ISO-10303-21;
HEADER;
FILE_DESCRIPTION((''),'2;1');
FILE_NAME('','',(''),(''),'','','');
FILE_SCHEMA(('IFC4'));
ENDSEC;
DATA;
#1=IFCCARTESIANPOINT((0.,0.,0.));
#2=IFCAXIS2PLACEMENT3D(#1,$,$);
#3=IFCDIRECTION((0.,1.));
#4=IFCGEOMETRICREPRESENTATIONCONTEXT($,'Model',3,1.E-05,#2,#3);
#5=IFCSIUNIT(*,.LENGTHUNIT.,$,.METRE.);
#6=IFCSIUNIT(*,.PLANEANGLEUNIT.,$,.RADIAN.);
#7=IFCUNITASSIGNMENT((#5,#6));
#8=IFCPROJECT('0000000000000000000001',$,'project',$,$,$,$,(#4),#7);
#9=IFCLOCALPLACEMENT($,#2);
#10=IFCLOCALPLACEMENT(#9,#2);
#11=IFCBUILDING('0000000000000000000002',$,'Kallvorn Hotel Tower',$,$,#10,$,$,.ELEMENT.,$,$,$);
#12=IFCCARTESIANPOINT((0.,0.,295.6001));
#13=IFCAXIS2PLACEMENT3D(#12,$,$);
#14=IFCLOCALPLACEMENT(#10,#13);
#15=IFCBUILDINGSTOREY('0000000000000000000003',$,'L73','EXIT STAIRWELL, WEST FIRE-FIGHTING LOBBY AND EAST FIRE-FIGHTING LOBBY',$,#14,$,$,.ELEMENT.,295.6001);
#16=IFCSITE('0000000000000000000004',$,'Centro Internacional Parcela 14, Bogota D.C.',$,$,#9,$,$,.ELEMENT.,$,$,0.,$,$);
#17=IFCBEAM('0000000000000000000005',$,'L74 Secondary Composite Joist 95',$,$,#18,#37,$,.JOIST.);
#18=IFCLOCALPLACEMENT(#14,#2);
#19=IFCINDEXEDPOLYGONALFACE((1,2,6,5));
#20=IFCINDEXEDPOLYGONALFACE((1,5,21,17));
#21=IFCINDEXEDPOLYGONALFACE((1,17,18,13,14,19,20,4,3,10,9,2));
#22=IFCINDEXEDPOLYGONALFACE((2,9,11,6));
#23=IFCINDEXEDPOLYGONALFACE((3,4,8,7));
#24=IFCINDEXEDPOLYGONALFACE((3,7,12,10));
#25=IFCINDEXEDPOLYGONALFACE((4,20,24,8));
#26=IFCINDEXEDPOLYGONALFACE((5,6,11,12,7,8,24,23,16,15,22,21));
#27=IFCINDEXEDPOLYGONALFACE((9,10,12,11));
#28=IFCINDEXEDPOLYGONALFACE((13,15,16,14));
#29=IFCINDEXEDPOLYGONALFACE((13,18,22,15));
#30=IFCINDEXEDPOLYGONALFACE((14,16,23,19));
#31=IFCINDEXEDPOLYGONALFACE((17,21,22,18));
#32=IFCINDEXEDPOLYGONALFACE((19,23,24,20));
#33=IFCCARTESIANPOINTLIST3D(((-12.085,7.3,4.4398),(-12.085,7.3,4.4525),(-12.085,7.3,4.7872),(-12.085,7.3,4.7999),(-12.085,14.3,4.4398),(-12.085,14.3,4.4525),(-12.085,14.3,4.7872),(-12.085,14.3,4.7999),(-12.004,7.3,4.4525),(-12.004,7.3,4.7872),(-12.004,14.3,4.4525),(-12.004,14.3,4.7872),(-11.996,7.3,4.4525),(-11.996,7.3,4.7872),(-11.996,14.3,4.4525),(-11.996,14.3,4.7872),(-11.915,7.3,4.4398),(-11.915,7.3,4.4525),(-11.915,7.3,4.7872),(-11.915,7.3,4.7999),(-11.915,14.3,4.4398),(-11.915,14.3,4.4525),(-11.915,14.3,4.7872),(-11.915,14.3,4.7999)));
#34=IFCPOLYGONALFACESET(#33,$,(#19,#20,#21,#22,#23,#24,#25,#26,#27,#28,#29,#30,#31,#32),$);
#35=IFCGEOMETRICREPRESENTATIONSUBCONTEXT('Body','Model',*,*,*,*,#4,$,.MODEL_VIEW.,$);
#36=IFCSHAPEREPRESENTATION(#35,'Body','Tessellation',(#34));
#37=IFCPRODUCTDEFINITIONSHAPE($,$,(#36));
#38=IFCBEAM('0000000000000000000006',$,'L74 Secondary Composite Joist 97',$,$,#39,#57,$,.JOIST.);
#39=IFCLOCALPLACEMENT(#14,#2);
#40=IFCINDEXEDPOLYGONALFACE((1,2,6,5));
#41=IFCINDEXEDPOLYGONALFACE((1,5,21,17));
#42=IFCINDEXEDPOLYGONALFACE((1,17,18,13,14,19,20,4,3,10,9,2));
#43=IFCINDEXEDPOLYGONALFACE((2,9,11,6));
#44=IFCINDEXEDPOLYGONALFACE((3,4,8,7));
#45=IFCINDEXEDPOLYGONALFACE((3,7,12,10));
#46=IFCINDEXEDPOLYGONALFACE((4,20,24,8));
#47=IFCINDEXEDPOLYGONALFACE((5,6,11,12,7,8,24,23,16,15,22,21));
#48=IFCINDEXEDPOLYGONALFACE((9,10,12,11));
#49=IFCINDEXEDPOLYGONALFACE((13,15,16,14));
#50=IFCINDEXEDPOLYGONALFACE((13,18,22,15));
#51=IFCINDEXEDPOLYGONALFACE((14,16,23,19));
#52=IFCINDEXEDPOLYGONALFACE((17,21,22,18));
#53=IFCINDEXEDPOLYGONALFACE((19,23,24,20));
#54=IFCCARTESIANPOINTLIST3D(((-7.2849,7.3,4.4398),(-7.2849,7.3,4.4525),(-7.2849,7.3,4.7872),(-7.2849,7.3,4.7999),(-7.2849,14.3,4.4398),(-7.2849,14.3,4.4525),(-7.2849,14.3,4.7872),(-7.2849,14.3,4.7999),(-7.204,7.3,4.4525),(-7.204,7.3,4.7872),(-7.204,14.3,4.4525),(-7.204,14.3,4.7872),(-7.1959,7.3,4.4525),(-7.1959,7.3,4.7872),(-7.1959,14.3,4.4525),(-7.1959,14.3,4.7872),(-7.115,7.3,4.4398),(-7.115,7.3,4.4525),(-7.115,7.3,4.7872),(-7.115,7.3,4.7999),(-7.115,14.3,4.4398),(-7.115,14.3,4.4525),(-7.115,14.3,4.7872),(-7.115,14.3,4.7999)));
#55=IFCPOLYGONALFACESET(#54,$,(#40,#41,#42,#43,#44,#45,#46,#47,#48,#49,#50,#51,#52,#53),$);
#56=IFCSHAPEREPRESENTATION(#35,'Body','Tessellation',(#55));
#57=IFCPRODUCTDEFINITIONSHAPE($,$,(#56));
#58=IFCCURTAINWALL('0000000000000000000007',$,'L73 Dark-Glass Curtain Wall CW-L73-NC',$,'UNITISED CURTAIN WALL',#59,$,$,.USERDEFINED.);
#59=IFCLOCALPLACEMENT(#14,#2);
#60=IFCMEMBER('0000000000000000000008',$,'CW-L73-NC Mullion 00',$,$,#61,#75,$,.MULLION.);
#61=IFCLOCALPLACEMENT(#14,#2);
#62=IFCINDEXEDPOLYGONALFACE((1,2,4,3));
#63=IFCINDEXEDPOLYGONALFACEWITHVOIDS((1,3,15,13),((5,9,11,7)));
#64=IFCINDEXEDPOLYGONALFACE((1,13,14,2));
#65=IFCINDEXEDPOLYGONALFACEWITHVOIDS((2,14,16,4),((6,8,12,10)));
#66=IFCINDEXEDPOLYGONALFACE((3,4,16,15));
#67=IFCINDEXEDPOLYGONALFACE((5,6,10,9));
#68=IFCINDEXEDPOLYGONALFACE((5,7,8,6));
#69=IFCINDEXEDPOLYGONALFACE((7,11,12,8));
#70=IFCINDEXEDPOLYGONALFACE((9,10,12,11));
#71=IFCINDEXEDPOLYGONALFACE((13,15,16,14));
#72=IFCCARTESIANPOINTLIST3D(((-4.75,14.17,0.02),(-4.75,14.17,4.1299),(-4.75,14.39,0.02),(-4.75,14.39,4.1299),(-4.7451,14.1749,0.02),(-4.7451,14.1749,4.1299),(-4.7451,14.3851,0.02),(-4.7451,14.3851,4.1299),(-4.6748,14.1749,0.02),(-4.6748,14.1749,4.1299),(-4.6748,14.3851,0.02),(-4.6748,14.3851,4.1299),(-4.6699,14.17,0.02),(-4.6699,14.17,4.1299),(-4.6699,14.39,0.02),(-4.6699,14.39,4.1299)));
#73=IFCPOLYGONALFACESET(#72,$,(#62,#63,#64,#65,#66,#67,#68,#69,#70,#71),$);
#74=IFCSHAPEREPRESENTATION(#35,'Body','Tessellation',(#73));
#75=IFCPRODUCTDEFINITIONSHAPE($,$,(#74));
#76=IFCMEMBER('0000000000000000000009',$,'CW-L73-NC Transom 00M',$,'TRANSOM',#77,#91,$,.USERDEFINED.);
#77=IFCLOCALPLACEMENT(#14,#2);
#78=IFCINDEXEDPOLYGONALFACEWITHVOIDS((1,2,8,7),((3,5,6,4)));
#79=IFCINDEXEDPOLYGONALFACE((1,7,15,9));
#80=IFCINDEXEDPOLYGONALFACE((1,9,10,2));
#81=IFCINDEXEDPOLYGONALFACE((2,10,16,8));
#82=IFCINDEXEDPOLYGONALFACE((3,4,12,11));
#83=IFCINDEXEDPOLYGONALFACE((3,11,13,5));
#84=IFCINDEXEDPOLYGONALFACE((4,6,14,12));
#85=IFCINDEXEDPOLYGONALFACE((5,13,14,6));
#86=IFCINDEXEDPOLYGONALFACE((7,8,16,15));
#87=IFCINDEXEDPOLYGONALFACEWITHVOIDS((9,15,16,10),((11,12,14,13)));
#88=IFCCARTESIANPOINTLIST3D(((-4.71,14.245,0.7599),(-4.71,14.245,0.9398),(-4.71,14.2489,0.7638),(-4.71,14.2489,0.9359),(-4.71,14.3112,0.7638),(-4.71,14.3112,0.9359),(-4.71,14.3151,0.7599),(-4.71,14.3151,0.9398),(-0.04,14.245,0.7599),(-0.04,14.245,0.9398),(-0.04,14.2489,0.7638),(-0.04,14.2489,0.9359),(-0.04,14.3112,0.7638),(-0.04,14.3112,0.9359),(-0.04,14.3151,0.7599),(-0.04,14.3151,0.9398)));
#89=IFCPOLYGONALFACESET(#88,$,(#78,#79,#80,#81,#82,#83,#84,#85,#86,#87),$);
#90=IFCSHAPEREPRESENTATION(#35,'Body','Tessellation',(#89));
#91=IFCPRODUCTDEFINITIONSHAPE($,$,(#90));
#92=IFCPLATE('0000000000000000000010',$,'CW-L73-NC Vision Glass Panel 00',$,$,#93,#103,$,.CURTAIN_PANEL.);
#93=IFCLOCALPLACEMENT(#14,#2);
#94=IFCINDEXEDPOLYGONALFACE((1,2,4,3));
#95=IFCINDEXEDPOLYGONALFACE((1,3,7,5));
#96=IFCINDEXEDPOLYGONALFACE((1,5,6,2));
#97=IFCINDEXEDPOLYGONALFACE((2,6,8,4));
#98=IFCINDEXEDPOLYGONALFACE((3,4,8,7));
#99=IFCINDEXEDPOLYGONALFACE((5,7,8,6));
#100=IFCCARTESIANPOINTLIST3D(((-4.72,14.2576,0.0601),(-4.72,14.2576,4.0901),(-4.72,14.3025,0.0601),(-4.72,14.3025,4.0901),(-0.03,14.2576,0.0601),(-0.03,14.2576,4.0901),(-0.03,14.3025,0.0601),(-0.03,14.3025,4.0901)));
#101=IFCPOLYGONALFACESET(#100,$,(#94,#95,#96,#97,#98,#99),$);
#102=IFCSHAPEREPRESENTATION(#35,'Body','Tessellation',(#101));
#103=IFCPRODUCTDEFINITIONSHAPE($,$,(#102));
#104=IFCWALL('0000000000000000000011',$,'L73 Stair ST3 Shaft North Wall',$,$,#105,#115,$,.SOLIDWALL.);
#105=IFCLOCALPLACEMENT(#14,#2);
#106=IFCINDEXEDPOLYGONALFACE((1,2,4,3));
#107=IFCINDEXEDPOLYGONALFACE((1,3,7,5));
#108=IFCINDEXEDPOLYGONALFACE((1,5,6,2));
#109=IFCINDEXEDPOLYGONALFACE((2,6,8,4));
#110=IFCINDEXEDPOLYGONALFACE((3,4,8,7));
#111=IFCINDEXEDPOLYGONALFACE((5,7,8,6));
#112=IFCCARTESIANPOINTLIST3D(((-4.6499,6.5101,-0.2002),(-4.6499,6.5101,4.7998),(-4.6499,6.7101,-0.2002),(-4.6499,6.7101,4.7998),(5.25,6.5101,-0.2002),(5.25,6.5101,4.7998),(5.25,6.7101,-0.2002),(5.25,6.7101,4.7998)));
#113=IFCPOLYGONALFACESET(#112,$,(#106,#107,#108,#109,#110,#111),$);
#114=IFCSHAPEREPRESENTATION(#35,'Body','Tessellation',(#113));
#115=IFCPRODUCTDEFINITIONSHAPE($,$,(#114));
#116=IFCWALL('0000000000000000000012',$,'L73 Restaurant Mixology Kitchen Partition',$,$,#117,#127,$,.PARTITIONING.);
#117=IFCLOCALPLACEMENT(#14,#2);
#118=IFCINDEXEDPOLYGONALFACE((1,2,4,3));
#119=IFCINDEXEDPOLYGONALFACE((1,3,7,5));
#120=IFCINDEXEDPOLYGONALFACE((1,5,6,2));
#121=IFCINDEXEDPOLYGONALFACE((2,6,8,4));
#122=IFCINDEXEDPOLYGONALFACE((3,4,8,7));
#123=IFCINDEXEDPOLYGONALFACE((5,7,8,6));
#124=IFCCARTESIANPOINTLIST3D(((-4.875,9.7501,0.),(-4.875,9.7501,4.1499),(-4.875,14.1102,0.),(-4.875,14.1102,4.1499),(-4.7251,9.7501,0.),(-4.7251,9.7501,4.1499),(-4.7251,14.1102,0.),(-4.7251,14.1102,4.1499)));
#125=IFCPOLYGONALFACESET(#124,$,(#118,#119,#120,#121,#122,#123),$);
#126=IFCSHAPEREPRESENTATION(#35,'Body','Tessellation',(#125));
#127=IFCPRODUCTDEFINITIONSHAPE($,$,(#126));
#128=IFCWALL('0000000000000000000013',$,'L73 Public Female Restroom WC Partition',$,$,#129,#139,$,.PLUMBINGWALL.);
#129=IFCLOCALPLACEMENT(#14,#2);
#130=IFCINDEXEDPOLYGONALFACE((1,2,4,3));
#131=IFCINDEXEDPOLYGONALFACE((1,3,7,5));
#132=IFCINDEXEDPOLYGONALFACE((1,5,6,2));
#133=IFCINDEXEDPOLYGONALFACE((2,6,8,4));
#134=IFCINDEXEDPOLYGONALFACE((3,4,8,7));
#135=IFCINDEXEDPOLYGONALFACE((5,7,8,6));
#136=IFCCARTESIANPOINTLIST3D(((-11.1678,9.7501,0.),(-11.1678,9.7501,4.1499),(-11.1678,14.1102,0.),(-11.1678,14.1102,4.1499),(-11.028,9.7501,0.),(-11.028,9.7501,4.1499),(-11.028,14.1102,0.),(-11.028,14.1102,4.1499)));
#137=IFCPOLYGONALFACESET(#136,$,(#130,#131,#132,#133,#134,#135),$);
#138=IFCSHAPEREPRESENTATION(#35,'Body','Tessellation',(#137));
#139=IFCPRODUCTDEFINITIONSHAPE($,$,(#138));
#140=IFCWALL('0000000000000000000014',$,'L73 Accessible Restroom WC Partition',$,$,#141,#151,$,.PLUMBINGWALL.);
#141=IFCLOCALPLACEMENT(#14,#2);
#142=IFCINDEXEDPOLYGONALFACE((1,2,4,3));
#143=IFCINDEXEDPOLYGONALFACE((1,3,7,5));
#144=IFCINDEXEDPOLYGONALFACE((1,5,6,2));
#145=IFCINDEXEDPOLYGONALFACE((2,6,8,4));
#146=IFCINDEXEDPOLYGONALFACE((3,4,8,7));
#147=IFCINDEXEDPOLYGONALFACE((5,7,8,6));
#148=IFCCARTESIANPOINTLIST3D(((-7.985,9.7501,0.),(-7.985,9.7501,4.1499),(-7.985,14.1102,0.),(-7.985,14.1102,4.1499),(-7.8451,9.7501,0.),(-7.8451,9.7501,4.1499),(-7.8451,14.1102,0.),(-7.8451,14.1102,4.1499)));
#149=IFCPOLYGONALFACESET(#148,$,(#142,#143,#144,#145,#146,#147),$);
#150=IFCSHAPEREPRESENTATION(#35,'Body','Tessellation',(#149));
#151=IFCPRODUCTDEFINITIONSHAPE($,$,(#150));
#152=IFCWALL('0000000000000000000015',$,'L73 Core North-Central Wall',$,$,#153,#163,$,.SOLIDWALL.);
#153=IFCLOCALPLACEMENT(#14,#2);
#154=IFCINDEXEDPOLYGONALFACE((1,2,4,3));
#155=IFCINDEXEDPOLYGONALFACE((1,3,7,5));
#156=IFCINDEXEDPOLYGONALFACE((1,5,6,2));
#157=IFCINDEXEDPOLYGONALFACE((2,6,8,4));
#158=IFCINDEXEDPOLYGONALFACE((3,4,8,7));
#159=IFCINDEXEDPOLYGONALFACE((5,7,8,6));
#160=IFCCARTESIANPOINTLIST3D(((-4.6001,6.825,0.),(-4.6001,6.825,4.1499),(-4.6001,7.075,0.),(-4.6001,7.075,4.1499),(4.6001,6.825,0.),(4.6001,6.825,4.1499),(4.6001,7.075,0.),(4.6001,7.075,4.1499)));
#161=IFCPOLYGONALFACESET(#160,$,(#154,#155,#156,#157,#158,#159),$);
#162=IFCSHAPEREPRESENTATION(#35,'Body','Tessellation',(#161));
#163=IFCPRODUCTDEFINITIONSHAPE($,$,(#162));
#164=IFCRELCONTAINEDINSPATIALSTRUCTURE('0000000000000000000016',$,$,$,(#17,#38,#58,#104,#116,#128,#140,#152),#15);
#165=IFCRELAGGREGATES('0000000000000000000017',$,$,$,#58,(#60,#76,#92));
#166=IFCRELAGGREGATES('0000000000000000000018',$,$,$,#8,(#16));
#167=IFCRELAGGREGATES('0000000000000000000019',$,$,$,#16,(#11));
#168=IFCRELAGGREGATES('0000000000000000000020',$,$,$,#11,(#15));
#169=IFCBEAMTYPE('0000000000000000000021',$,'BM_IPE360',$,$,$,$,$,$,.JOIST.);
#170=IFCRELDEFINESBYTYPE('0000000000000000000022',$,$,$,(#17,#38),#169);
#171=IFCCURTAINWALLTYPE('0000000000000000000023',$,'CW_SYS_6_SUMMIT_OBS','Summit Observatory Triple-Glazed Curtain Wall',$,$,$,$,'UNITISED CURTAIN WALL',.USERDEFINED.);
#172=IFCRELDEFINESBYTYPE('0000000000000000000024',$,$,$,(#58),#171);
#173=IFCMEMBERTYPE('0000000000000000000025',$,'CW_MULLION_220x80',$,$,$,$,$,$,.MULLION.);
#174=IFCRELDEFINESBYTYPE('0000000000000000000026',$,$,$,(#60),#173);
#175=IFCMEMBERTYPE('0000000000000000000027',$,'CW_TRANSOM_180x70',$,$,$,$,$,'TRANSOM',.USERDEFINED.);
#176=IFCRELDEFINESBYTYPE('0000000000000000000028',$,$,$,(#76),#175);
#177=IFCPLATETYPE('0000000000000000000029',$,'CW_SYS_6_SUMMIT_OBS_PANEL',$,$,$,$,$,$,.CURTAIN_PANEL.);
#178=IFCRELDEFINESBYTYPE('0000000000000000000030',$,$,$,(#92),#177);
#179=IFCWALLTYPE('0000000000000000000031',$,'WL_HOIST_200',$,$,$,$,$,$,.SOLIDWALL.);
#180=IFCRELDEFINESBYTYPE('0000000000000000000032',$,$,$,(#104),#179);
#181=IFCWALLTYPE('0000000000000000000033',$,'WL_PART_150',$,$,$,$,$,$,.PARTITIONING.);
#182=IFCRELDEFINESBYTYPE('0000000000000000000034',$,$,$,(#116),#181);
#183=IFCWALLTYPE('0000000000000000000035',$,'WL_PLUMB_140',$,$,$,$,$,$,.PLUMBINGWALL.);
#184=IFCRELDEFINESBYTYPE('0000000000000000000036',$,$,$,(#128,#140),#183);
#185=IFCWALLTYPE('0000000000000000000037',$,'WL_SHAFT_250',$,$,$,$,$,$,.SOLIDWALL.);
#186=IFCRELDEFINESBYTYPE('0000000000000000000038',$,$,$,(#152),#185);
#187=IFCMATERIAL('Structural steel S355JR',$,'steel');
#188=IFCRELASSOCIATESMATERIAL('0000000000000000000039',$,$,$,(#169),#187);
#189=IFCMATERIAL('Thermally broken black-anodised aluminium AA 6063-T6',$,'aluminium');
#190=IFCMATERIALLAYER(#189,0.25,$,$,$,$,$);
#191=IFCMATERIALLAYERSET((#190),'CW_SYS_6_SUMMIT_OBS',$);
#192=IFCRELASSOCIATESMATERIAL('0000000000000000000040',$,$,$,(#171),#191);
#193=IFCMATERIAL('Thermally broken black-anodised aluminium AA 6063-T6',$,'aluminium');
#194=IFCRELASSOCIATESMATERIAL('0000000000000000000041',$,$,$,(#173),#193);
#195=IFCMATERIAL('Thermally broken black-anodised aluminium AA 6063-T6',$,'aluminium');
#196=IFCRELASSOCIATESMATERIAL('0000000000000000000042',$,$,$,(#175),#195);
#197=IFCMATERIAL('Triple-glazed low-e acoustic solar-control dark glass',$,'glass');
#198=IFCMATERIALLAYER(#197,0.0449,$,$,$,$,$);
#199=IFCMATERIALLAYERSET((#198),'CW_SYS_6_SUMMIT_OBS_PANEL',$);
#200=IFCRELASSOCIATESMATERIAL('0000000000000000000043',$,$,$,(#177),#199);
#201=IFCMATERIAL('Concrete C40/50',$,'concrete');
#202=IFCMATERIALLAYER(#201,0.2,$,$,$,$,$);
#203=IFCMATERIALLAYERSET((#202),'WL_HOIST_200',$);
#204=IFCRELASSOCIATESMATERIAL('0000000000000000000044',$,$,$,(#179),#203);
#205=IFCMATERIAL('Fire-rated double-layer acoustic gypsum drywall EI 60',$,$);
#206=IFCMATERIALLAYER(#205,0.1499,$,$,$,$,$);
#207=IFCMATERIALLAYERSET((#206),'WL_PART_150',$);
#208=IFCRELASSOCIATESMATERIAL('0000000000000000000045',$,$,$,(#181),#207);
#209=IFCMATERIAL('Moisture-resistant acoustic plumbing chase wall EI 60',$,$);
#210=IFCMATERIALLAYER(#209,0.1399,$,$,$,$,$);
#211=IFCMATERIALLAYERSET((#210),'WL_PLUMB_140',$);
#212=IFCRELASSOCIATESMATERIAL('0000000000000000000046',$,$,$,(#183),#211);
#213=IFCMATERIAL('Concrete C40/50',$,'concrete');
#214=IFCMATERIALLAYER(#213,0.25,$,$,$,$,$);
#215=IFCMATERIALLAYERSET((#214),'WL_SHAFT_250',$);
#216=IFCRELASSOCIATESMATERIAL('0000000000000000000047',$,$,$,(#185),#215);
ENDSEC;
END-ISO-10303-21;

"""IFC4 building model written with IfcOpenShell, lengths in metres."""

from ifc_helpers import new_model, si_unit, direction, frame, frame_2d, origin, origin_2d, place, context, subcontext, project, spatial, rectangle, hollow_rectangle, i_section, extrude, material, layer, layer_set, material_profile, profile_set, type_object, element, aggregate, save


model = new_model("IFC4")

# Units and contexts
model_context = context("Model", 3, precision=1e-05, world=origin(), true_north=direction((0.0, 1.0)))
body_context = subcontext(model_context, "Body", "Model", "MODEL_VIEW")
ifc_project = project(units=[si_unit("LENGTHUNIT", "METRE"), si_unit("PLANEANGLEUNIT", "RADIAN")], contexts=[model_context])

# Site, building, storey
site_placement = place(None, origin())
site = spatial("IfcSite", under=ifc_project, at=site_placement, Name="Centro Internacional Parcela 14, Bogota D.C.", CompositionType="ELEMENT", RefElevation=0.0)
building_placement = place(site_placement, origin())
building = spatial("IfcBuilding", under=site, at=building_placement, Name="Kallvorn Hotel Tower", CompositionType="ELEMENT")
storey_placement = place(building_placement, frame((0.0, 0.0, 295.6001)))
storey = spatial("IfcBuildingStorey", under=building, at=storey_placement, Name="L73", Description="EXIT STAIRWELL, WEST FIRE-FIGHTING LOBBY AND EAST FIRE-FIGHTING LOBBY", CompositionType="ELEMENT", Elevation=295.6001)

# Beams
ifc_material_1 = material(Name="Structural steel S355JR", Category="steel")
ifc_material_profile_1 = material_profile(ifc_material_1, i_section(OverallWidth=0.1699, OverallDepth=0.3601, WebThickness=0.0081, FlangeThickness=0.0127, at=origin_2d()), Name="IPE 360")
ifc_profile_set_1 = profile_set([ifc_material_profile_1], Name="Structural steel S355JR")
beam_type_1 = type_object("IfcBeamType", Name="BM_IPE360", PredefinedType="JOIST", material=ifc_profile_set_1)
for number, where, z_axis, x_axis, name in (
    (1, (-12.0, 7.3, 4.6199), (0.0, 1.0, 0.0), (-1.0, 0.0, 0.0), "L74 Secondary Composite Joist 95"),
    (2, (-7.2, 7.3, 4.6199), (0.0, 1.0, 0.0), (-1.0, 0.0, 0.0), "L74 Secondary Composite Joist 97"),
):
    element("IfcBeam", number, at=place(storey_placement, frame(where, z_axis=z_axis, x_axis=x_axis)), inside=storey, type_object=beam_type_1, Name=name, PredefinedType="JOIST", context=body_context, shape_type="SweptSolid", body=[
        extrude(i_section(OverallWidth=0.1699, OverallDepth=0.3601, WebThickness=0.0081, FlangeThickness=0.0127, at=origin_2d()), origin(), (0.0, 0.0, 1.0), 7.0),
    ])

# Curtain wall, members, plate
ifc_material_2 = material(Name="Thermally broken black-anodised aluminium AA 6063-T6", Category="aluminium")
ifc_layer_1 = layer(ifc_material_2, 0.25)
ifc_layer_set_1 = layer_set([ifc_layer_1], Name="CW_SYS_6_SUMMIT_OBS")
curtain_wall_type = type_object("IfcCurtainWallType", Name="CW_SYS_6_SUMMIT_OBS", Description="Summit Observatory Triple-Glazed Curtain Wall", ElementType="UNITISED CURTAIN WALL", PredefinedType="USERDEFINED", material=ifc_layer_set_1)
curtain_wall_placement = place(storey_placement, origin())
curtain_wall = element("IfcCurtainWall", 3, at=curtain_wall_placement, inside=storey, type_object=curtain_wall_type, Name="L73 Dark-Glass Curtain Wall CW-L73-NC", ObjectType="UNITISED CURTAIN WALL", PredefinedType="USERDEFINED")
ifc_material_3 = material(Name="Thermally broken black-anodised aluminium AA 6063-T6", Category="aluminium")
ifc_material_profile_2 = material_profile(ifc_material_3, hollow_rectangle(XDim=0.0801, YDim=0.22, WallThickness=0.0049, at=origin_2d()), Name="MUL 220x80")
ifc_profile_set_2 = profile_set([ifc_material_profile_2], Name="Thermally broken black-anodised aluminium AA 6063-T6")
member_type_1 = type_object("IfcMemberType", Name="CW_MULLION_220x80", PredefinedType="MULLION", material=ifc_profile_set_2)
member_1_placement = place(storey_placement, frame((-4.71, 14.28, 0.02), z_axis=(0.0, 0.0, 1.0), x_axis=(1.0, 0.0, 0.0)))
member_1 = element("IfcMember", 4, at=member_1_placement, type_object=member_type_1, Name="CW-L73-NC Mullion 00", PredefinedType="MULLION", context=body_context, shape_type="SweptSolid", body=[
    extrude(hollow_rectangle(XDim=0.0801, YDim=0.22, WallThickness=0.0049, at=origin_2d()), origin(), (0.0, 0.0, 1.0), 4.1099),
])
ifc_material_4 = material(Name="Thermally broken black-anodised aluminium AA 6063-T6", Category="aluminium")
ifc_material_profile_3 = material_profile(ifc_material_4, hollow_rectangle(XDim=0.0701, YDim=0.1799, WallThickness=0.0039, at=origin_2d()), Name="TRN 180x70")
ifc_profile_set_3 = profile_set([ifc_material_profile_3], Name="Thermally broken black-anodised aluminium AA 6063-T6")
member_type_2 = type_object("IfcMemberType", Name="CW_TRANSOM_180x70", ElementType="TRANSOM", PredefinedType="USERDEFINED", material=ifc_profile_set_3)
member_2_placement = place(storey_placement, frame((-4.71, 14.28, 0.8499), z_axis=(1.0, 0.0, 0.0), x_axis=(0.0, 1.0, 0.0)))
member_2 = element("IfcMember", 5, at=member_2_placement, type_object=member_type_2, Name="CW-L73-NC Transom 00M", ObjectType="TRANSOM", PredefinedType="USERDEFINED", context=body_context, shape_type="SweptSolid", body=[
    extrude(hollow_rectangle(XDim=0.0701, YDim=0.1799, WallThickness=0.0039, at=origin_2d()), origin(), (0.0, 0.0, 1.0), 4.6699),
])
ifc_material_5 = material(Name="Triple-glazed low-e acoustic solar-control dark glass", Category="glass")
ifc_layer_2 = layer(ifc_material_5, 0.0449)
ifc_layer_set_2 = layer_set([ifc_layer_2], Name="CW_SYS_6_SUMMIT_OBS_PANEL")
plate_type = type_object("IfcPlateType", Name="CW_SYS_6_SUMMIT_OBS_PANEL", PredefinedType="CURTAIN_PANEL", material=ifc_layer_set_2)
plate_placement = place(storey_placement, frame((-2.375, 14.28, 0.0601), z_axis=(0.0, 0.0, 1.0), x_axis=(1.0, 0.0, 0.0)))
plate = element("IfcPlate", 6, at=plate_placement, type_object=plate_type, Name="CW-L73-NC Vision Glass Panel 00", PredefinedType="CURTAIN_PANEL", context=body_context, shape_type="SweptSolid", body=[
    extrude(rectangle(XDim=4.6899, YDim=0.0449, at=origin_2d()), origin(), (0.0, 0.0, 1.0), 4.03),
])
aggregate(curtain_wall, [member_1, member_2, plate])

# Walls
ifc_material_6 = material(Name="Concrete C40/50", Category="concrete")
ifc_layer_3 = layer(ifc_material_6, 0.2)
ifc_layer_set_3 = layer_set([ifc_layer_3], Name="WL_HOIST_200")
wall_type_1 = type_object("IfcWallType", Name="WL_HOIST_200", PredefinedType="SOLIDWALL", material=ifc_layer_set_3)
wall_1_placement = place(storey_placement, frame((-4.6499, 6.6101, -0.2002), z_axis=(0.0, 0.0, 1.0), x_axis=(1.0, 0.0, 0.0)))
element("IfcWall", 7, at=wall_1_placement, inside=storey, type_object=wall_type_1, Name="L73 Stair ST3 Shaft North Wall", PredefinedType="SOLIDWALL", context=body_context, shape_type="SweptSolid", body=[
    extrude(rectangle(XDim=9.8999, YDim=0.2, at=frame_2d((4.95, 0.0))), origin(), (0.0, 0.0, 1.0), 5.0),
])
ifc_material_7 = material(Name="Fire-rated double-layer acoustic gypsum drywall EI 60")
ifc_layer_4 = layer(ifc_material_7, 0.1499)
ifc_layer_set_4 = layer_set([ifc_layer_4], Name="WL_PART_150")
wall_type_2 = type_object("IfcWallType", Name="WL_PART_150", PredefinedType="PARTITIONING", material=ifc_layer_set_4)
wall_2_placement = place(storey_placement, frame((-4.8, 9.75, 0.0), z_axis=(0.0, 0.0, 1.0), x_axis=(0.0, 1.0, 0.0)))
element("IfcWall", 8, at=wall_2_placement, inside=storey, type_object=wall_type_2, Name="L73 Restaurant Mixology Kitchen Partition", PredefinedType="PARTITIONING", context=body_context, shape_type="SweptSolid", body=[
    extrude(rectangle(XDim=4.3601, YDim=0.1499, at=frame_2d((2.1802, 0.0))), origin(), (0.0, 0.0, 1.0), 4.1499),
])
ifc_material_8 = material(Name="Moisture-resistant acoustic plumbing chase wall EI 60")
ifc_layer_5 = layer(ifc_material_8, 0.1399)
ifc_layer_set_5 = layer_set([ifc_layer_5], Name="WL_PLUMB_140")
wall_type_3 = type_object("IfcWallType", Name="WL_PLUMB_140", PredefinedType="PLUMBINGWALL", material=ifc_layer_set_5)
for number, where, z_axis, x_axis, name in (
    (9, (-11.0979, 9.75, 0.0), (0.0, 0.0, 1.0), (0.0, 1.0, 0.0), "L73 Public Female Restroom WC Partition"),
    (10, (-7.915, 9.75, 0.0), (0.0, 0.0, 1.0), (0.0, 1.0, 0.0), "L73 Accessible Restroom WC Partition"),
):
    element("IfcWall", number, at=place(storey_placement, frame(where, z_axis=z_axis, x_axis=x_axis)), inside=storey, type_object=wall_type_3, Name=name, PredefinedType="PLUMBINGWALL", context=body_context, shape_type="SweptSolid", body=[
        extrude(rectangle(XDim=4.3601, YDim=0.1399, at=frame_2d((2.1802, 0.0))), origin(), (0.0, 0.0, 1.0), 4.1499),
    ])
ifc_material_9 = material(Name="Concrete C40/50", Category="concrete")
ifc_layer_6 = layer(ifc_material_9, 0.25)
ifc_layer_set_6 = layer_set([ifc_layer_6], Name="WL_SHAFT_250")
wall_type_4 = type_object("IfcWallType", Name="WL_SHAFT_250", PredefinedType="SOLIDWALL", material=ifc_layer_set_6)
wall_3_placement = place(storey_placement, frame((-4.6001, 6.95, 0.0), z_axis=(0.0, 0.0, 1.0), x_axis=(1.0, 0.0, 0.0)))
element("IfcWall", 11, at=wall_3_placement, inside=storey, type_object=wall_type_4, Name="L73 Core North-Central Wall", PredefinedType="SOLIDWALL", context=body_context, shape_type="SweptSolid", body=[
    extrude(rectangle(XDim=9.2002, YDim=0.25, at=frame_2d((4.6001, 0.0))), origin(), (0.0, 0.0, 1.0), 4.1499),
])

save(model, "model.ifc")
